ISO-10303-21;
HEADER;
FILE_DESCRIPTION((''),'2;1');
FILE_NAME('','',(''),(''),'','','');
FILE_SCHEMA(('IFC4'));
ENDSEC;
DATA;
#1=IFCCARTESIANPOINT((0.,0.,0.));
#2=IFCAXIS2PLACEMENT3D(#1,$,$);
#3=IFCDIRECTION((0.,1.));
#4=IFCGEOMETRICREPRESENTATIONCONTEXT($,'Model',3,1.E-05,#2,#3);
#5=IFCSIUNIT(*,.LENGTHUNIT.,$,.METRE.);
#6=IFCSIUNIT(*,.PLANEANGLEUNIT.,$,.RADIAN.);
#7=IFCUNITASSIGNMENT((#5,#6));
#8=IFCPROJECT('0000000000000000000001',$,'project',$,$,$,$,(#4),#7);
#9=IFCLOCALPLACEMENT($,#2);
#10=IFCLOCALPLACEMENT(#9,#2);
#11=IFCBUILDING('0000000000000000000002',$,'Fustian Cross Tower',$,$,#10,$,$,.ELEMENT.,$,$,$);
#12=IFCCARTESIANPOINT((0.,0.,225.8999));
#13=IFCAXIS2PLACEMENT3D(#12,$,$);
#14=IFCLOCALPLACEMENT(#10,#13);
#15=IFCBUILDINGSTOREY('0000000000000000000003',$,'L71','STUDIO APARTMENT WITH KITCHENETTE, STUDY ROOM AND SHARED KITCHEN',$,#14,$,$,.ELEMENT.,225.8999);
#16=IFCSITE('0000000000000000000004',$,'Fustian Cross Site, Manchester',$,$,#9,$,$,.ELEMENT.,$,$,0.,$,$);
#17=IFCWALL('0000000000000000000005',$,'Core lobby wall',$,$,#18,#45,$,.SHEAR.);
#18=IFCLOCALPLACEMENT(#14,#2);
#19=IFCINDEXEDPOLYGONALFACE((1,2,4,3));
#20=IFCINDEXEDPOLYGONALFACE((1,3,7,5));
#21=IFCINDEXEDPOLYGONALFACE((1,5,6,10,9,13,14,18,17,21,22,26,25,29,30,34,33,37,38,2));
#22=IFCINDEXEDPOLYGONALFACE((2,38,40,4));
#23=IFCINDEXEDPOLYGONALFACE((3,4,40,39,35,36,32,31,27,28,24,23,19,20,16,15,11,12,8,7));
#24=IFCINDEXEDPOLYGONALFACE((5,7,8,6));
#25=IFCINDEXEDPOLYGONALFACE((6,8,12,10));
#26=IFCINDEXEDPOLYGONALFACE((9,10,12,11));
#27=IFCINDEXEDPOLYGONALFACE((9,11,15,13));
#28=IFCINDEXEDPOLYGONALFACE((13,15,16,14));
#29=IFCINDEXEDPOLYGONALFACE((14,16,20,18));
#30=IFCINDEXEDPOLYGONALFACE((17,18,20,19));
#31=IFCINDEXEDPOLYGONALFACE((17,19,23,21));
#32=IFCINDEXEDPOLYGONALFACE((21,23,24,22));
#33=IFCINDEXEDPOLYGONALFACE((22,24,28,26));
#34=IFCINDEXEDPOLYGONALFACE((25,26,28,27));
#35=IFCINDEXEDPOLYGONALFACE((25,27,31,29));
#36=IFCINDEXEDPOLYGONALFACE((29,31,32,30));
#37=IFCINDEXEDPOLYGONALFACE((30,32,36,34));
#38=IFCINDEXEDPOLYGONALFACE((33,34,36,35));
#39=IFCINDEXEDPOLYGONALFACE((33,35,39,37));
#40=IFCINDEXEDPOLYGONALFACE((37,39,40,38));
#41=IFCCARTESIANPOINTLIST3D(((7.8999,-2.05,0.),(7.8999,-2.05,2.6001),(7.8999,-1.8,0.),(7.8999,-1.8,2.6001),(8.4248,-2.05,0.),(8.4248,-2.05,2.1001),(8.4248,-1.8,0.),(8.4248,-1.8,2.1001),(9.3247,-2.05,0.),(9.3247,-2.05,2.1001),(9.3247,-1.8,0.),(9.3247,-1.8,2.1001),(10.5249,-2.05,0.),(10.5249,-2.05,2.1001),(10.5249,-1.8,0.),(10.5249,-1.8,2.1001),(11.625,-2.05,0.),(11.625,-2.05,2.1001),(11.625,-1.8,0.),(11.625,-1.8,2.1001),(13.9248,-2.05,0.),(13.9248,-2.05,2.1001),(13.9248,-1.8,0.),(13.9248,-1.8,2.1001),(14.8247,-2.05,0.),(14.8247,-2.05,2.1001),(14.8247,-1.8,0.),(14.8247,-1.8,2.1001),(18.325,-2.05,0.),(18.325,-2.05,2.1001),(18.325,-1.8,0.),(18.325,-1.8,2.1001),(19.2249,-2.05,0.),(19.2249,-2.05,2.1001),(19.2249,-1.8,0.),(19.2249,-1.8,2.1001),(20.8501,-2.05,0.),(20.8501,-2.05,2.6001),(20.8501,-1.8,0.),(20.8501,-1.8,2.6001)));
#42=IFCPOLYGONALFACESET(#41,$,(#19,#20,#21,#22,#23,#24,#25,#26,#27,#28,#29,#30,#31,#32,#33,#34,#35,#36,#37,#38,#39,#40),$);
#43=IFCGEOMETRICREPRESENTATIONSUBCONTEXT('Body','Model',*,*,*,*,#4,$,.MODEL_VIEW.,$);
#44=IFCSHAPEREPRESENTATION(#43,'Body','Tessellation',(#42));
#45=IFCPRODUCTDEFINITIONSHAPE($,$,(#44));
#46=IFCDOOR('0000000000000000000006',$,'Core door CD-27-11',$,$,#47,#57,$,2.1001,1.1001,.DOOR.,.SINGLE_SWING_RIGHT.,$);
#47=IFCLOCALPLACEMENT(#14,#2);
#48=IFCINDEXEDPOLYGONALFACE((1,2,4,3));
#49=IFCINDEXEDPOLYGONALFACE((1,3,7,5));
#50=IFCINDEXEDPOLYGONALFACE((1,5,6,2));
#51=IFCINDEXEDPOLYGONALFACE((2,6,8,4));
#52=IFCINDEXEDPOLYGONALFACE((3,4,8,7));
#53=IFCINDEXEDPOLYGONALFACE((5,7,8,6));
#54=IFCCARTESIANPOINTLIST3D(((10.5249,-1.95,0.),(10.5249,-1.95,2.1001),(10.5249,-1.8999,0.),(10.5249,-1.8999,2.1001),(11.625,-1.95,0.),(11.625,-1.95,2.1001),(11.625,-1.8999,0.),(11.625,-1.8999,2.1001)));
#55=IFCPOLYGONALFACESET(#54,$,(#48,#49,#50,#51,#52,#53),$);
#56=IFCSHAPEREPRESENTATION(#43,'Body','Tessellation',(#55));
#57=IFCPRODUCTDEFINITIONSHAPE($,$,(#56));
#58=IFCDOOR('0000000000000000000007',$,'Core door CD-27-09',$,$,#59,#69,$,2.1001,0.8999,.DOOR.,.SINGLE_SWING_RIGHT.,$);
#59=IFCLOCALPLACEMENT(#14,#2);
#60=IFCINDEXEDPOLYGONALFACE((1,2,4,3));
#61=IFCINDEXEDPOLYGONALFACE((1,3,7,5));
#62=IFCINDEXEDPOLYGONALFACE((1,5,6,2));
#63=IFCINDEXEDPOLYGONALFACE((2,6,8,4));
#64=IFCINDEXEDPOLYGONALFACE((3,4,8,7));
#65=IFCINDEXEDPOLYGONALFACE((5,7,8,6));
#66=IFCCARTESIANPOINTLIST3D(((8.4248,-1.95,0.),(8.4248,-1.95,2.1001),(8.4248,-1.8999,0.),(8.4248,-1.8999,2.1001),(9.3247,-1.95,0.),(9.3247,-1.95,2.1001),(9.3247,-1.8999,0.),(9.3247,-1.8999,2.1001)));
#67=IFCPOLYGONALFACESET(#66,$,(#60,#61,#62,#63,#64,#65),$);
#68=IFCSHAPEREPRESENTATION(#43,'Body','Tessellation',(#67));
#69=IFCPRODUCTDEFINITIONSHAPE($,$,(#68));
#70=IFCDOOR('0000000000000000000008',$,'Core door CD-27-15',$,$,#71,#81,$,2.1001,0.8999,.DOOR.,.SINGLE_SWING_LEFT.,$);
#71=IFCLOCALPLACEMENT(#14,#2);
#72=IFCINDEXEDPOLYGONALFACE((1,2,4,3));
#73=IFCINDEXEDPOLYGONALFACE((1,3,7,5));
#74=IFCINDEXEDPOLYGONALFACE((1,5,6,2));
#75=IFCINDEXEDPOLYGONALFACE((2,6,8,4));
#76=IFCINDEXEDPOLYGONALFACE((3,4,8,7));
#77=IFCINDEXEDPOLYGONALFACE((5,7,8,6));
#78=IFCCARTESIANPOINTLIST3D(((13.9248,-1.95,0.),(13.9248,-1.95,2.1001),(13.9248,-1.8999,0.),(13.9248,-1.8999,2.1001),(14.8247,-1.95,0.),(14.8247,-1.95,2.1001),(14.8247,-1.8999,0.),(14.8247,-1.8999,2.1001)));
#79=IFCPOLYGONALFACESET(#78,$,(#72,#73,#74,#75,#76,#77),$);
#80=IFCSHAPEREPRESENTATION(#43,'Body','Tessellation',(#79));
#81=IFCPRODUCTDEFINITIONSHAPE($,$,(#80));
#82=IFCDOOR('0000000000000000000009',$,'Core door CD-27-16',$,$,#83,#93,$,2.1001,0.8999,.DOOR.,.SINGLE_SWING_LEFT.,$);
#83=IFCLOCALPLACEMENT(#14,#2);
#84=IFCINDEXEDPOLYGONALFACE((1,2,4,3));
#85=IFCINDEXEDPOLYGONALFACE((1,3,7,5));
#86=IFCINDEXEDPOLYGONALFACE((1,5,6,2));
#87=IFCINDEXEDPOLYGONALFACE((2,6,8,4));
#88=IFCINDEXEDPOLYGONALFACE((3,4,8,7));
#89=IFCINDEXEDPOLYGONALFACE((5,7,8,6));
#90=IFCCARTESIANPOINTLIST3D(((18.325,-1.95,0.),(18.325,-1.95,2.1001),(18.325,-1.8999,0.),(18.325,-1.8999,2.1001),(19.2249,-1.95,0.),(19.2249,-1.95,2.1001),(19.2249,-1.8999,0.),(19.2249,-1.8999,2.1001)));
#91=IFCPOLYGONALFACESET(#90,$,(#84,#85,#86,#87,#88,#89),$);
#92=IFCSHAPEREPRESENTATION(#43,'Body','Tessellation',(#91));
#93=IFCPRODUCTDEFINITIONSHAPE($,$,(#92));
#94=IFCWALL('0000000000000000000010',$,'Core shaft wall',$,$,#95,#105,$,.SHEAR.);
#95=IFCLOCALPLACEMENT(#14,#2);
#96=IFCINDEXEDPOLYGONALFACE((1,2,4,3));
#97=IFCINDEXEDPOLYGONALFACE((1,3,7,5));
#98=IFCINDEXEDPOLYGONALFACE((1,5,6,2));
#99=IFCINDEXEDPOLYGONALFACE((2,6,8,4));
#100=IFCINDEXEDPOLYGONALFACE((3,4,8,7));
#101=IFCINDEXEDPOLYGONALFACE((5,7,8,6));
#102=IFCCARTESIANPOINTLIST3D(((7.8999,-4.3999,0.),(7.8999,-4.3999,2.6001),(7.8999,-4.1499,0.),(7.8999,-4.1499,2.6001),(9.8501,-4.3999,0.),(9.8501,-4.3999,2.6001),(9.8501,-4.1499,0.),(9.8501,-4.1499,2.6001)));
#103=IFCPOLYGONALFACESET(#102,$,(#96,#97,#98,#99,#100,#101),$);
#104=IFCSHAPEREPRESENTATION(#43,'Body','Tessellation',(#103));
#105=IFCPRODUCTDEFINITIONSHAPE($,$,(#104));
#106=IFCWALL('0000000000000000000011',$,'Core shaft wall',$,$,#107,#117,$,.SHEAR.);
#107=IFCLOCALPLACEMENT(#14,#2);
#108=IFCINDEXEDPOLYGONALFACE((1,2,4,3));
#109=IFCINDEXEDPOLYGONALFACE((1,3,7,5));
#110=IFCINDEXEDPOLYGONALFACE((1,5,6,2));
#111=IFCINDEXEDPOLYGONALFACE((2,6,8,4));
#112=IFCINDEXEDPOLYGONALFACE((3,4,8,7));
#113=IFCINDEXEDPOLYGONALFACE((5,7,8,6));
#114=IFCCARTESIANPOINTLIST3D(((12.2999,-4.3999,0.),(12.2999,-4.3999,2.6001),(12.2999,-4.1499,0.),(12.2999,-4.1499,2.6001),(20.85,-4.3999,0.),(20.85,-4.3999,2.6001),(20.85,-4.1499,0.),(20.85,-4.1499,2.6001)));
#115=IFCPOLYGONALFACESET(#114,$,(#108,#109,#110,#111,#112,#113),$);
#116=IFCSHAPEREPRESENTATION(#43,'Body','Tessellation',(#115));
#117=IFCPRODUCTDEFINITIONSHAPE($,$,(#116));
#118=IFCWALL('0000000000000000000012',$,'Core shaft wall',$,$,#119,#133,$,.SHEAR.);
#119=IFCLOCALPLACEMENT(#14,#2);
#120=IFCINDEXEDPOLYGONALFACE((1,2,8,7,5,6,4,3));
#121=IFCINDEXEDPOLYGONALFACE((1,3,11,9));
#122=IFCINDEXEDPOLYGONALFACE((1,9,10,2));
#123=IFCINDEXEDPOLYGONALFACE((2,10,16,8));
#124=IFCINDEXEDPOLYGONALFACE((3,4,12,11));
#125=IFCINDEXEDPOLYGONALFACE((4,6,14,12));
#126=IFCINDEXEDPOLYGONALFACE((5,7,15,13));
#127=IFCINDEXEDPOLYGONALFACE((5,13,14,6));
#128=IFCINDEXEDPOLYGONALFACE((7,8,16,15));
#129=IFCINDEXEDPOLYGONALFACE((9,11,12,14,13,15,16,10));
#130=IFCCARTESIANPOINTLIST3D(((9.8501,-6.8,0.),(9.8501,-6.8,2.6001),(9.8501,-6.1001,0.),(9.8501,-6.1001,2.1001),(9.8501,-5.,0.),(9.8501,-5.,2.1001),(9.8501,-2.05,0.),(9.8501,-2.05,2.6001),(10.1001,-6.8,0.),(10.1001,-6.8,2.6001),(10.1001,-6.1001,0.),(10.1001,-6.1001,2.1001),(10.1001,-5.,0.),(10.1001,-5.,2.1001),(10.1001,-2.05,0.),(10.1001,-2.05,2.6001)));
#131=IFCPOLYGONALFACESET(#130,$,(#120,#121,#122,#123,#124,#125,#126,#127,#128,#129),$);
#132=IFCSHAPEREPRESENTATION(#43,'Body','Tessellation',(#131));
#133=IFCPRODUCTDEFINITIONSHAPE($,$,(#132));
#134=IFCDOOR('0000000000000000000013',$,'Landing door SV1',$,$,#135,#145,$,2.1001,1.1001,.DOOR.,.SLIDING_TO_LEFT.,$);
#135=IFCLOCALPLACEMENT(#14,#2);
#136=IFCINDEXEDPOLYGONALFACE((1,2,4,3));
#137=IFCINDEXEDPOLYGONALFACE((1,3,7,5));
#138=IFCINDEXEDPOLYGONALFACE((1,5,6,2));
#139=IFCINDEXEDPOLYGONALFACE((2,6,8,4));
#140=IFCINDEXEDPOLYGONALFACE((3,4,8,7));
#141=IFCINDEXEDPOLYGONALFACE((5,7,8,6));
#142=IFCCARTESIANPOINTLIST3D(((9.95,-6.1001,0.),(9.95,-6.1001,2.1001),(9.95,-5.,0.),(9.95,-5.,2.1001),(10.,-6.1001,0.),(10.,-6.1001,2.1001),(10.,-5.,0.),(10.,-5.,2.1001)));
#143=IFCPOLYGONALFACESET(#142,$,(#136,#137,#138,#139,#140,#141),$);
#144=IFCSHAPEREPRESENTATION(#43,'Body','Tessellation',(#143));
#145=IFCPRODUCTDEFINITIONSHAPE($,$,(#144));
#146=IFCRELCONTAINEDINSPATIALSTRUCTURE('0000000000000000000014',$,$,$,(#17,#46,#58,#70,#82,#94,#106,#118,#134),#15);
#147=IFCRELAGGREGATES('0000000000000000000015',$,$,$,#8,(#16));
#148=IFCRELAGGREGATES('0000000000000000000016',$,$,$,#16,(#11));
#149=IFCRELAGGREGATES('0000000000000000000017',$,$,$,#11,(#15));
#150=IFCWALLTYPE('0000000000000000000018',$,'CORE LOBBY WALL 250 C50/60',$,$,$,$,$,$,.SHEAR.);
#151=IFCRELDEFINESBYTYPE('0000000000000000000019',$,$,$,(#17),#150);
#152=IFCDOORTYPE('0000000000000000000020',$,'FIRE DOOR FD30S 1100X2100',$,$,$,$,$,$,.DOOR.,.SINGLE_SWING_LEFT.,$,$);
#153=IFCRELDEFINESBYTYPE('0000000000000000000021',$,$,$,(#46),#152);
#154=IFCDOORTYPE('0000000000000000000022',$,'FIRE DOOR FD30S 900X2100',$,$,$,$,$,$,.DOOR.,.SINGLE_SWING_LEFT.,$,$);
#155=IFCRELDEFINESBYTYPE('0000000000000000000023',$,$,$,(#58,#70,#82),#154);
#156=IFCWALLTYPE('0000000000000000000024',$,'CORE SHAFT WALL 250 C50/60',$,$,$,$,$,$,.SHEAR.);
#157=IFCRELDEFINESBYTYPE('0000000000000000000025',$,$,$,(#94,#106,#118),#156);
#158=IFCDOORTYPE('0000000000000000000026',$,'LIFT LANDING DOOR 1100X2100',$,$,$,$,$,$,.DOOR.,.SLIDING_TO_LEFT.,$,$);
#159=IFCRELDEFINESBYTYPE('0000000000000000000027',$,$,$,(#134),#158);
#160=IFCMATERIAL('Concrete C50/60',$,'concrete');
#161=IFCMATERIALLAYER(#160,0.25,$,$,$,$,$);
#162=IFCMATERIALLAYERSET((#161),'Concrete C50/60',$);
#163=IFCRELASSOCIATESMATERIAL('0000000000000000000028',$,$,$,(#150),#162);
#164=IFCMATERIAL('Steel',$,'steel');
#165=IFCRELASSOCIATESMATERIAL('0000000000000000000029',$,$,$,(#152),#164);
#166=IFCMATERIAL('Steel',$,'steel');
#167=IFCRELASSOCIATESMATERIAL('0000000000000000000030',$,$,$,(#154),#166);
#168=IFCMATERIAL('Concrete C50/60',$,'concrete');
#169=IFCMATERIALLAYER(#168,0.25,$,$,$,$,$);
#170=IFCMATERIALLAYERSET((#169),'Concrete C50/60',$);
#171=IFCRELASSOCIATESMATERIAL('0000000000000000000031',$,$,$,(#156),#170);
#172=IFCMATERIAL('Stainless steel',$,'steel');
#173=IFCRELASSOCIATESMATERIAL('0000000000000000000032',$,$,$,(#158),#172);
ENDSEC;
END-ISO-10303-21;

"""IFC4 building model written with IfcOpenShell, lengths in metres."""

from ifc_helpers import new_model, si_unit, direction, frame, frame_2d, origin, place, context, subcontext, project, spatial, rectangle, extrude, material, layer, layer_set, type_object, element, fill, save


model = new_model("IFC4")

# Units and contexts
model_context = context("Model", 3, precision=1e-05, world=origin(), true_north=direction((0.0, 1.0)))
body_context = subcontext(model_context, "Body", "Model", "MODEL_VIEW")
ifc_project = project(units=[si_unit("LENGTHUNIT", "METRE"), si_unit("PLANEANGLEUNIT", "RADIAN")], contexts=[model_context])

# Site, building, storey
site_placement = place(None, origin())
site = spatial("IfcSite", under=ifc_project, at=site_placement, Name="Fustian Cross Site, Manchester", CompositionType="ELEMENT", RefElevation=0.0)
building_placement = place(site_placement, origin())
building = spatial("IfcBuilding", under=site, at=building_placement, Name="Fustian Cross Tower", CompositionType="ELEMENT")
storey_placement = place(building_placement, frame((0.0, 0.0, 225.8999)))
storey = spatial("IfcBuildingStorey", under=building, at=storey_placement, Name="L71", Description="STUDIO APARTMENT WITH KITCHENETTE, STUDY ROOM AND SHARED KITCHEN", CompositionType="ELEMENT", Elevation=225.8999)

# Wall, openings, doors
ifc_material_1 = material(Name="Concrete C50/60", Category="concrete")
ifc_layer_1 = layer(ifc_material_1, 0.25)
ifc_layer_set_1 = layer_set([ifc_layer_1], Name="Concrete C50/60")
wall_type_1 = type_object("IfcWallType", Name="CORE LOBBY WALL 250 C50/60", PredefinedType="SHEAR", material=ifc_layer_set_1)
wall_1_placement = place(storey_placement, frame((7.8999, -1.925, 0.0), z_axis=(0.0, 0.0, 1.0), x_axis=(1.0, 0.0, 0.0)))
wall_1 = element("IfcWall", 1, at=wall_1_placement, inside=storey, type_object=wall_type_1, Name="Core lobby wall", PredefinedType="SHEAR", context=body_context, shape_type="SweptSolid", body=[
    extrude(rectangle(XDim=12.9502, YDim=0.25, at=frame_2d((6.4751, 0.0))), origin(), (0.0, 0.0, 1.0), 2.6001),
])
opening_1_placement = place(wall_1_placement, frame((0.5249, 0.0, 0.0)))
opening_1 = element("IfcOpeningElement", 2, at=opening_1_placement, cuts=wall_1, PredefinedType="OPENING", context=body_context, shape_type="SweptSolid", body=[
    extrude(rectangle(XDim=0.8999, YDim=2.1001, at=frame_2d((0.45, 1.05))), frame((0.0, 0.135, 0.0), z_axis=(0.0, -1.0, 0.0), x_axis=(1.0, 0.0, 0.0)), (0.0, 0.0, 1.0), 0.27),
])
opening_2_placement = place(wall_1_placement, frame((2.625, 0.0, 0.0)))
opening_2 = element("IfcOpeningElement", 3, at=opening_2_placement, cuts=wall_1, PredefinedType="OPENING", context=body_context, shape_type="SweptSolid", body=[
    extrude(rectangle(XDim=1.1001, YDim=2.1001, at=frame_2d((0.55, 1.05))), frame((0.0, 0.135, 0.0), z_axis=(0.0, -1.0, 0.0), x_axis=(1.0, 0.0, 0.0)), (0.0, 0.0, 1.0), 0.27),
])
opening_3_placement = place(wall_1_placement, frame((6.0249, 0.0, 0.0)))
opening_3 = element("IfcOpeningElement", 4, at=opening_3_placement, cuts=wall_1, PredefinedType="OPENING", context=body_context, shape_type="SweptSolid", body=[
    extrude(rectangle(XDim=0.8999, YDim=2.1001, at=frame_2d((0.45, 1.05))), frame((0.0, 0.135, 0.0), z_axis=(0.0, -1.0, 0.0), x_axis=(1.0, 0.0, 0.0)), (0.0, 0.0, 1.0), 0.27),
])
opening_4_placement = place(wall_1_placement, frame((10.425, 0.0, 0.0)))
opening_4 = element("IfcOpeningElement", 5, at=opening_4_placement, cuts=wall_1, PredefinedType="OPENING", context=body_context, shape_type="SweptSolid", body=[
    extrude(rectangle(XDim=0.8999, YDim=2.1001, at=frame_2d((0.45, 1.05))), frame((0.0, 0.135, 0.0), z_axis=(0.0, -1.0, 0.0), x_axis=(1.0, 0.0, 0.0)), (0.0, 0.0, 1.0), 0.27),
])
ifc_material_2 = material(Name="Steel", Category="steel")
door_type_1 = type_object("IfcDoorType", Name="FIRE DOOR FD30S 1100X2100", OperationType="SINGLE_SWING_LEFT", PredefinedType="DOOR", material=ifc_material_2)
door_1_placement = place(opening_2_placement, frame((1.1001, 0.0, 0.0), z_axis=(0.0, 0.0, 1.0), x_axis=(-1.0, 0.0, 0.0)))
door_1 = element("IfcDoor", 6, at=door_1_placement, inside=storey, type_object=door_type_1, Name="Core door CD-27-11", OperationType="SINGLE_SWING_RIGHT", OverallHeight=2.1001, OverallWidth=1.1001, PredefinedType="DOOR", context=body_context, shape_type="SweptSolid", body=[
    extrude(rectangle(XDim=1.1001, YDim=2.1001, at=frame_2d((0.55, 1.05))), frame((0.0, 0.0249, 0.0), z_axis=(0.0, -1.0, 0.0), x_axis=(1.0, 0.0, 0.0)), (0.0, 0.0, 1.0), 0.05),
])
fill(opening_2, door_1)
ifc_material_3 = material(Name="Steel", Category="steel")
door_type_2 = type_object("IfcDoorType", Name="FIRE DOOR FD30S 900X2100", OperationType="SINGLE_SWING_LEFT", PredefinedType="DOOR", material=ifc_material_3)
door_2_placement = place(opening_1_placement, frame((0.8999, 0.0, 0.0), z_axis=(0.0, 0.0, 1.0), x_axis=(-1.0, 0.0, 0.0)))
door_2 = element("IfcDoor", 7, at=door_2_placement, inside=storey, type_object=door_type_2, Name="Core door CD-27-09", OperationType="SINGLE_SWING_RIGHT", OverallHeight=2.1001, OverallWidth=0.8999, PredefinedType="DOOR", context=body_context, shape_type="SweptSolid", body=[
    extrude(rectangle(XDim=0.8999, YDim=2.1001, at=frame_2d((0.45, 1.05))), frame((0.0, 0.0249, 0.0), z_axis=(0.0, -1.0, 0.0), x_axis=(1.0, 0.0, 0.0)), (0.0, 0.0, 1.0), 0.05),
])
fill(opening_1, door_2)
door_3_placement = place(opening_3_placement, frame((0.8999, 0.0, 0.0), z_axis=(0.0, 0.0, 1.0), x_axis=(-1.0, 0.0, 0.0)))
door_3 = element("IfcDoor", 8, at=door_3_placement, inside=storey, type_object=door_type_2, Name="Core door CD-27-15", OperationType="SINGLE_SWING_LEFT", OverallHeight=2.1001, OverallWidth=0.8999, PredefinedType="DOOR", context=body_context, shape_type="SweptSolid", body=[
    extrude(rectangle(XDim=0.8999, YDim=2.1001, at=frame_2d((0.45, 1.05))), frame((0.0, 0.0249, 0.0), z_axis=(0.0, -1.0, 0.0), x_axis=(1.0, 0.0, 0.0)), (0.0, 0.0, 1.0), 0.05),
])
fill(opening_3, door_3)
door_4_placement = place(opening_4_placement, frame((0.8999, 0.0, 0.0), z_axis=(0.0, 0.0, 1.0), x_axis=(-1.0, 0.0, 0.0)))
door_4 = element("IfcDoor", 9, at=door_4_placement, inside=storey, type_object=door_type_2, Name="Core door CD-27-16", OperationType="SINGLE_SWING_LEFT", OverallHeight=2.1001, OverallWidth=0.8999, PredefinedType="DOOR", context=body_context, shape_type="SweptSolid", body=[
    extrude(rectangle(XDim=0.8999, YDim=2.1001, at=frame_2d((0.45, 1.05))), frame((0.0, 0.0249, 0.0), z_axis=(0.0, -1.0, 0.0), x_axis=(1.0, 0.0, 0.0)), (0.0, 0.0, 1.0), 0.05),
])
fill(opening_4, door_4)

# Walls
ifc_material_4 = material(Name="Concrete C50/60", Category="concrete")
ifc_layer_2 = layer(ifc_material_4, 0.25)
ifc_layer_set_2 = layer_set([ifc_layer_2], Name="Concrete C50/60")
wall_type_2 = type_object("IfcWallType", Name="CORE SHAFT WALL 250 C50/60", PredefinedType="SHEAR", material=ifc_layer_set_2)
wall_2_placement = place(storey_placement, frame((7.8999, -4.2749, 0.0), z_axis=(0.0, 0.0, 1.0), x_axis=(1.0, 0.0, 0.0)))
element("IfcWall", 10, at=wall_2_placement, inside=storey, type_object=wall_type_2, Name="Core shaft wall", PredefinedType="SHEAR", context=body_context, shape_type="SweptSolid", body=[
    extrude(rectangle(XDim=1.9502, YDim=0.25, at=frame_2d((0.9751, 0.0))), origin(), (0.0, 0.0, 1.0), 2.6001),
])
wall_3_placement = place(storey_placement, frame((12.3, -4.2749, 0.0), z_axis=(0.0, 0.0, 1.0), x_axis=(1.0, 0.0, 0.0)))
element("IfcWall", 11, at=wall_3_placement, inside=storey, type_object=wall_type_2, Name="Core shaft wall", PredefinedType="SHEAR", context=body_context, shape_type="SweptSolid", body=[
    extrude(rectangle(XDim=8.55, YDim=0.25, at=frame_2d((4.2749, 0.0))), origin(), (0.0, 0.0, 1.0), 2.6001),
])

# Wall, opening, door
wall_4_placement = place(storey_placement, frame((9.9751, -2.05, 0.0), z_axis=(0.0, 0.0, 1.0), x_axis=(0.0, -1.0, 0.0)))
wall_4 = element("IfcWall", 12, at=wall_4_placement, inside=storey, type_object=wall_type_2, Name="Core shaft wall", PredefinedType="SHEAR", context=body_context, shape_type="SweptSolid", body=[
    extrude(rectangle(XDim=4.75, YDim=0.25, at=frame_2d((2.375, 0.0))), origin(), (0.0, 0.0, 1.0), 2.6001),
])
opening_5_placement = place(wall_4_placement, frame((2.95, 0.0, 0.0)))
opening_5 = element("IfcOpeningElement", 13, at=opening_5_placement, cuts=wall_4, PredefinedType="OPENING", context=body_context, shape_type="SweptSolid", body=[
    extrude(rectangle(XDim=1.1001, YDim=2.1001, at=frame_2d((0.55, 1.05))), frame((0.0, 0.135, 0.0), z_axis=(0.0, -1.0, 0.0), x_axis=(1.0, 0.0, 0.0)), (0.0, 0.0, 1.0), 0.27),
])
ifc_material_5 = material(Name="Stainless steel", Category="steel")
door_type_3 = type_object("IfcDoorType", Name="LIFT LANDING DOOR 1100X2100", OperationType="SLIDING_TO_LEFT", PredefinedType="DOOR", material=ifc_material_5)
door_5_placement = place(opening_5_placement, origin())
door_5 = element("IfcDoor", 14, at=door_5_placement, inside=storey, type_object=door_type_3, Name="Landing door SV1", OperationType="SLIDING_TO_LEFT", OverallHeight=2.1001, OverallWidth=1.1001, PredefinedType="DOOR", context=body_context, shape_type="SweptSolid", body=[
    extrude(rectangle(XDim=1.1001, YDim=2.1001, at=frame_2d((0.55, 1.05))), frame((0.0, 0.0249, 0.0), z_axis=(0.0, -1.0, 0.0), x_axis=(1.0, 0.0, 0.0)), (0.0, 0.0, 1.0), 0.05),
])
fill(opening_5, door_5)

save(model, "model.ifc")
